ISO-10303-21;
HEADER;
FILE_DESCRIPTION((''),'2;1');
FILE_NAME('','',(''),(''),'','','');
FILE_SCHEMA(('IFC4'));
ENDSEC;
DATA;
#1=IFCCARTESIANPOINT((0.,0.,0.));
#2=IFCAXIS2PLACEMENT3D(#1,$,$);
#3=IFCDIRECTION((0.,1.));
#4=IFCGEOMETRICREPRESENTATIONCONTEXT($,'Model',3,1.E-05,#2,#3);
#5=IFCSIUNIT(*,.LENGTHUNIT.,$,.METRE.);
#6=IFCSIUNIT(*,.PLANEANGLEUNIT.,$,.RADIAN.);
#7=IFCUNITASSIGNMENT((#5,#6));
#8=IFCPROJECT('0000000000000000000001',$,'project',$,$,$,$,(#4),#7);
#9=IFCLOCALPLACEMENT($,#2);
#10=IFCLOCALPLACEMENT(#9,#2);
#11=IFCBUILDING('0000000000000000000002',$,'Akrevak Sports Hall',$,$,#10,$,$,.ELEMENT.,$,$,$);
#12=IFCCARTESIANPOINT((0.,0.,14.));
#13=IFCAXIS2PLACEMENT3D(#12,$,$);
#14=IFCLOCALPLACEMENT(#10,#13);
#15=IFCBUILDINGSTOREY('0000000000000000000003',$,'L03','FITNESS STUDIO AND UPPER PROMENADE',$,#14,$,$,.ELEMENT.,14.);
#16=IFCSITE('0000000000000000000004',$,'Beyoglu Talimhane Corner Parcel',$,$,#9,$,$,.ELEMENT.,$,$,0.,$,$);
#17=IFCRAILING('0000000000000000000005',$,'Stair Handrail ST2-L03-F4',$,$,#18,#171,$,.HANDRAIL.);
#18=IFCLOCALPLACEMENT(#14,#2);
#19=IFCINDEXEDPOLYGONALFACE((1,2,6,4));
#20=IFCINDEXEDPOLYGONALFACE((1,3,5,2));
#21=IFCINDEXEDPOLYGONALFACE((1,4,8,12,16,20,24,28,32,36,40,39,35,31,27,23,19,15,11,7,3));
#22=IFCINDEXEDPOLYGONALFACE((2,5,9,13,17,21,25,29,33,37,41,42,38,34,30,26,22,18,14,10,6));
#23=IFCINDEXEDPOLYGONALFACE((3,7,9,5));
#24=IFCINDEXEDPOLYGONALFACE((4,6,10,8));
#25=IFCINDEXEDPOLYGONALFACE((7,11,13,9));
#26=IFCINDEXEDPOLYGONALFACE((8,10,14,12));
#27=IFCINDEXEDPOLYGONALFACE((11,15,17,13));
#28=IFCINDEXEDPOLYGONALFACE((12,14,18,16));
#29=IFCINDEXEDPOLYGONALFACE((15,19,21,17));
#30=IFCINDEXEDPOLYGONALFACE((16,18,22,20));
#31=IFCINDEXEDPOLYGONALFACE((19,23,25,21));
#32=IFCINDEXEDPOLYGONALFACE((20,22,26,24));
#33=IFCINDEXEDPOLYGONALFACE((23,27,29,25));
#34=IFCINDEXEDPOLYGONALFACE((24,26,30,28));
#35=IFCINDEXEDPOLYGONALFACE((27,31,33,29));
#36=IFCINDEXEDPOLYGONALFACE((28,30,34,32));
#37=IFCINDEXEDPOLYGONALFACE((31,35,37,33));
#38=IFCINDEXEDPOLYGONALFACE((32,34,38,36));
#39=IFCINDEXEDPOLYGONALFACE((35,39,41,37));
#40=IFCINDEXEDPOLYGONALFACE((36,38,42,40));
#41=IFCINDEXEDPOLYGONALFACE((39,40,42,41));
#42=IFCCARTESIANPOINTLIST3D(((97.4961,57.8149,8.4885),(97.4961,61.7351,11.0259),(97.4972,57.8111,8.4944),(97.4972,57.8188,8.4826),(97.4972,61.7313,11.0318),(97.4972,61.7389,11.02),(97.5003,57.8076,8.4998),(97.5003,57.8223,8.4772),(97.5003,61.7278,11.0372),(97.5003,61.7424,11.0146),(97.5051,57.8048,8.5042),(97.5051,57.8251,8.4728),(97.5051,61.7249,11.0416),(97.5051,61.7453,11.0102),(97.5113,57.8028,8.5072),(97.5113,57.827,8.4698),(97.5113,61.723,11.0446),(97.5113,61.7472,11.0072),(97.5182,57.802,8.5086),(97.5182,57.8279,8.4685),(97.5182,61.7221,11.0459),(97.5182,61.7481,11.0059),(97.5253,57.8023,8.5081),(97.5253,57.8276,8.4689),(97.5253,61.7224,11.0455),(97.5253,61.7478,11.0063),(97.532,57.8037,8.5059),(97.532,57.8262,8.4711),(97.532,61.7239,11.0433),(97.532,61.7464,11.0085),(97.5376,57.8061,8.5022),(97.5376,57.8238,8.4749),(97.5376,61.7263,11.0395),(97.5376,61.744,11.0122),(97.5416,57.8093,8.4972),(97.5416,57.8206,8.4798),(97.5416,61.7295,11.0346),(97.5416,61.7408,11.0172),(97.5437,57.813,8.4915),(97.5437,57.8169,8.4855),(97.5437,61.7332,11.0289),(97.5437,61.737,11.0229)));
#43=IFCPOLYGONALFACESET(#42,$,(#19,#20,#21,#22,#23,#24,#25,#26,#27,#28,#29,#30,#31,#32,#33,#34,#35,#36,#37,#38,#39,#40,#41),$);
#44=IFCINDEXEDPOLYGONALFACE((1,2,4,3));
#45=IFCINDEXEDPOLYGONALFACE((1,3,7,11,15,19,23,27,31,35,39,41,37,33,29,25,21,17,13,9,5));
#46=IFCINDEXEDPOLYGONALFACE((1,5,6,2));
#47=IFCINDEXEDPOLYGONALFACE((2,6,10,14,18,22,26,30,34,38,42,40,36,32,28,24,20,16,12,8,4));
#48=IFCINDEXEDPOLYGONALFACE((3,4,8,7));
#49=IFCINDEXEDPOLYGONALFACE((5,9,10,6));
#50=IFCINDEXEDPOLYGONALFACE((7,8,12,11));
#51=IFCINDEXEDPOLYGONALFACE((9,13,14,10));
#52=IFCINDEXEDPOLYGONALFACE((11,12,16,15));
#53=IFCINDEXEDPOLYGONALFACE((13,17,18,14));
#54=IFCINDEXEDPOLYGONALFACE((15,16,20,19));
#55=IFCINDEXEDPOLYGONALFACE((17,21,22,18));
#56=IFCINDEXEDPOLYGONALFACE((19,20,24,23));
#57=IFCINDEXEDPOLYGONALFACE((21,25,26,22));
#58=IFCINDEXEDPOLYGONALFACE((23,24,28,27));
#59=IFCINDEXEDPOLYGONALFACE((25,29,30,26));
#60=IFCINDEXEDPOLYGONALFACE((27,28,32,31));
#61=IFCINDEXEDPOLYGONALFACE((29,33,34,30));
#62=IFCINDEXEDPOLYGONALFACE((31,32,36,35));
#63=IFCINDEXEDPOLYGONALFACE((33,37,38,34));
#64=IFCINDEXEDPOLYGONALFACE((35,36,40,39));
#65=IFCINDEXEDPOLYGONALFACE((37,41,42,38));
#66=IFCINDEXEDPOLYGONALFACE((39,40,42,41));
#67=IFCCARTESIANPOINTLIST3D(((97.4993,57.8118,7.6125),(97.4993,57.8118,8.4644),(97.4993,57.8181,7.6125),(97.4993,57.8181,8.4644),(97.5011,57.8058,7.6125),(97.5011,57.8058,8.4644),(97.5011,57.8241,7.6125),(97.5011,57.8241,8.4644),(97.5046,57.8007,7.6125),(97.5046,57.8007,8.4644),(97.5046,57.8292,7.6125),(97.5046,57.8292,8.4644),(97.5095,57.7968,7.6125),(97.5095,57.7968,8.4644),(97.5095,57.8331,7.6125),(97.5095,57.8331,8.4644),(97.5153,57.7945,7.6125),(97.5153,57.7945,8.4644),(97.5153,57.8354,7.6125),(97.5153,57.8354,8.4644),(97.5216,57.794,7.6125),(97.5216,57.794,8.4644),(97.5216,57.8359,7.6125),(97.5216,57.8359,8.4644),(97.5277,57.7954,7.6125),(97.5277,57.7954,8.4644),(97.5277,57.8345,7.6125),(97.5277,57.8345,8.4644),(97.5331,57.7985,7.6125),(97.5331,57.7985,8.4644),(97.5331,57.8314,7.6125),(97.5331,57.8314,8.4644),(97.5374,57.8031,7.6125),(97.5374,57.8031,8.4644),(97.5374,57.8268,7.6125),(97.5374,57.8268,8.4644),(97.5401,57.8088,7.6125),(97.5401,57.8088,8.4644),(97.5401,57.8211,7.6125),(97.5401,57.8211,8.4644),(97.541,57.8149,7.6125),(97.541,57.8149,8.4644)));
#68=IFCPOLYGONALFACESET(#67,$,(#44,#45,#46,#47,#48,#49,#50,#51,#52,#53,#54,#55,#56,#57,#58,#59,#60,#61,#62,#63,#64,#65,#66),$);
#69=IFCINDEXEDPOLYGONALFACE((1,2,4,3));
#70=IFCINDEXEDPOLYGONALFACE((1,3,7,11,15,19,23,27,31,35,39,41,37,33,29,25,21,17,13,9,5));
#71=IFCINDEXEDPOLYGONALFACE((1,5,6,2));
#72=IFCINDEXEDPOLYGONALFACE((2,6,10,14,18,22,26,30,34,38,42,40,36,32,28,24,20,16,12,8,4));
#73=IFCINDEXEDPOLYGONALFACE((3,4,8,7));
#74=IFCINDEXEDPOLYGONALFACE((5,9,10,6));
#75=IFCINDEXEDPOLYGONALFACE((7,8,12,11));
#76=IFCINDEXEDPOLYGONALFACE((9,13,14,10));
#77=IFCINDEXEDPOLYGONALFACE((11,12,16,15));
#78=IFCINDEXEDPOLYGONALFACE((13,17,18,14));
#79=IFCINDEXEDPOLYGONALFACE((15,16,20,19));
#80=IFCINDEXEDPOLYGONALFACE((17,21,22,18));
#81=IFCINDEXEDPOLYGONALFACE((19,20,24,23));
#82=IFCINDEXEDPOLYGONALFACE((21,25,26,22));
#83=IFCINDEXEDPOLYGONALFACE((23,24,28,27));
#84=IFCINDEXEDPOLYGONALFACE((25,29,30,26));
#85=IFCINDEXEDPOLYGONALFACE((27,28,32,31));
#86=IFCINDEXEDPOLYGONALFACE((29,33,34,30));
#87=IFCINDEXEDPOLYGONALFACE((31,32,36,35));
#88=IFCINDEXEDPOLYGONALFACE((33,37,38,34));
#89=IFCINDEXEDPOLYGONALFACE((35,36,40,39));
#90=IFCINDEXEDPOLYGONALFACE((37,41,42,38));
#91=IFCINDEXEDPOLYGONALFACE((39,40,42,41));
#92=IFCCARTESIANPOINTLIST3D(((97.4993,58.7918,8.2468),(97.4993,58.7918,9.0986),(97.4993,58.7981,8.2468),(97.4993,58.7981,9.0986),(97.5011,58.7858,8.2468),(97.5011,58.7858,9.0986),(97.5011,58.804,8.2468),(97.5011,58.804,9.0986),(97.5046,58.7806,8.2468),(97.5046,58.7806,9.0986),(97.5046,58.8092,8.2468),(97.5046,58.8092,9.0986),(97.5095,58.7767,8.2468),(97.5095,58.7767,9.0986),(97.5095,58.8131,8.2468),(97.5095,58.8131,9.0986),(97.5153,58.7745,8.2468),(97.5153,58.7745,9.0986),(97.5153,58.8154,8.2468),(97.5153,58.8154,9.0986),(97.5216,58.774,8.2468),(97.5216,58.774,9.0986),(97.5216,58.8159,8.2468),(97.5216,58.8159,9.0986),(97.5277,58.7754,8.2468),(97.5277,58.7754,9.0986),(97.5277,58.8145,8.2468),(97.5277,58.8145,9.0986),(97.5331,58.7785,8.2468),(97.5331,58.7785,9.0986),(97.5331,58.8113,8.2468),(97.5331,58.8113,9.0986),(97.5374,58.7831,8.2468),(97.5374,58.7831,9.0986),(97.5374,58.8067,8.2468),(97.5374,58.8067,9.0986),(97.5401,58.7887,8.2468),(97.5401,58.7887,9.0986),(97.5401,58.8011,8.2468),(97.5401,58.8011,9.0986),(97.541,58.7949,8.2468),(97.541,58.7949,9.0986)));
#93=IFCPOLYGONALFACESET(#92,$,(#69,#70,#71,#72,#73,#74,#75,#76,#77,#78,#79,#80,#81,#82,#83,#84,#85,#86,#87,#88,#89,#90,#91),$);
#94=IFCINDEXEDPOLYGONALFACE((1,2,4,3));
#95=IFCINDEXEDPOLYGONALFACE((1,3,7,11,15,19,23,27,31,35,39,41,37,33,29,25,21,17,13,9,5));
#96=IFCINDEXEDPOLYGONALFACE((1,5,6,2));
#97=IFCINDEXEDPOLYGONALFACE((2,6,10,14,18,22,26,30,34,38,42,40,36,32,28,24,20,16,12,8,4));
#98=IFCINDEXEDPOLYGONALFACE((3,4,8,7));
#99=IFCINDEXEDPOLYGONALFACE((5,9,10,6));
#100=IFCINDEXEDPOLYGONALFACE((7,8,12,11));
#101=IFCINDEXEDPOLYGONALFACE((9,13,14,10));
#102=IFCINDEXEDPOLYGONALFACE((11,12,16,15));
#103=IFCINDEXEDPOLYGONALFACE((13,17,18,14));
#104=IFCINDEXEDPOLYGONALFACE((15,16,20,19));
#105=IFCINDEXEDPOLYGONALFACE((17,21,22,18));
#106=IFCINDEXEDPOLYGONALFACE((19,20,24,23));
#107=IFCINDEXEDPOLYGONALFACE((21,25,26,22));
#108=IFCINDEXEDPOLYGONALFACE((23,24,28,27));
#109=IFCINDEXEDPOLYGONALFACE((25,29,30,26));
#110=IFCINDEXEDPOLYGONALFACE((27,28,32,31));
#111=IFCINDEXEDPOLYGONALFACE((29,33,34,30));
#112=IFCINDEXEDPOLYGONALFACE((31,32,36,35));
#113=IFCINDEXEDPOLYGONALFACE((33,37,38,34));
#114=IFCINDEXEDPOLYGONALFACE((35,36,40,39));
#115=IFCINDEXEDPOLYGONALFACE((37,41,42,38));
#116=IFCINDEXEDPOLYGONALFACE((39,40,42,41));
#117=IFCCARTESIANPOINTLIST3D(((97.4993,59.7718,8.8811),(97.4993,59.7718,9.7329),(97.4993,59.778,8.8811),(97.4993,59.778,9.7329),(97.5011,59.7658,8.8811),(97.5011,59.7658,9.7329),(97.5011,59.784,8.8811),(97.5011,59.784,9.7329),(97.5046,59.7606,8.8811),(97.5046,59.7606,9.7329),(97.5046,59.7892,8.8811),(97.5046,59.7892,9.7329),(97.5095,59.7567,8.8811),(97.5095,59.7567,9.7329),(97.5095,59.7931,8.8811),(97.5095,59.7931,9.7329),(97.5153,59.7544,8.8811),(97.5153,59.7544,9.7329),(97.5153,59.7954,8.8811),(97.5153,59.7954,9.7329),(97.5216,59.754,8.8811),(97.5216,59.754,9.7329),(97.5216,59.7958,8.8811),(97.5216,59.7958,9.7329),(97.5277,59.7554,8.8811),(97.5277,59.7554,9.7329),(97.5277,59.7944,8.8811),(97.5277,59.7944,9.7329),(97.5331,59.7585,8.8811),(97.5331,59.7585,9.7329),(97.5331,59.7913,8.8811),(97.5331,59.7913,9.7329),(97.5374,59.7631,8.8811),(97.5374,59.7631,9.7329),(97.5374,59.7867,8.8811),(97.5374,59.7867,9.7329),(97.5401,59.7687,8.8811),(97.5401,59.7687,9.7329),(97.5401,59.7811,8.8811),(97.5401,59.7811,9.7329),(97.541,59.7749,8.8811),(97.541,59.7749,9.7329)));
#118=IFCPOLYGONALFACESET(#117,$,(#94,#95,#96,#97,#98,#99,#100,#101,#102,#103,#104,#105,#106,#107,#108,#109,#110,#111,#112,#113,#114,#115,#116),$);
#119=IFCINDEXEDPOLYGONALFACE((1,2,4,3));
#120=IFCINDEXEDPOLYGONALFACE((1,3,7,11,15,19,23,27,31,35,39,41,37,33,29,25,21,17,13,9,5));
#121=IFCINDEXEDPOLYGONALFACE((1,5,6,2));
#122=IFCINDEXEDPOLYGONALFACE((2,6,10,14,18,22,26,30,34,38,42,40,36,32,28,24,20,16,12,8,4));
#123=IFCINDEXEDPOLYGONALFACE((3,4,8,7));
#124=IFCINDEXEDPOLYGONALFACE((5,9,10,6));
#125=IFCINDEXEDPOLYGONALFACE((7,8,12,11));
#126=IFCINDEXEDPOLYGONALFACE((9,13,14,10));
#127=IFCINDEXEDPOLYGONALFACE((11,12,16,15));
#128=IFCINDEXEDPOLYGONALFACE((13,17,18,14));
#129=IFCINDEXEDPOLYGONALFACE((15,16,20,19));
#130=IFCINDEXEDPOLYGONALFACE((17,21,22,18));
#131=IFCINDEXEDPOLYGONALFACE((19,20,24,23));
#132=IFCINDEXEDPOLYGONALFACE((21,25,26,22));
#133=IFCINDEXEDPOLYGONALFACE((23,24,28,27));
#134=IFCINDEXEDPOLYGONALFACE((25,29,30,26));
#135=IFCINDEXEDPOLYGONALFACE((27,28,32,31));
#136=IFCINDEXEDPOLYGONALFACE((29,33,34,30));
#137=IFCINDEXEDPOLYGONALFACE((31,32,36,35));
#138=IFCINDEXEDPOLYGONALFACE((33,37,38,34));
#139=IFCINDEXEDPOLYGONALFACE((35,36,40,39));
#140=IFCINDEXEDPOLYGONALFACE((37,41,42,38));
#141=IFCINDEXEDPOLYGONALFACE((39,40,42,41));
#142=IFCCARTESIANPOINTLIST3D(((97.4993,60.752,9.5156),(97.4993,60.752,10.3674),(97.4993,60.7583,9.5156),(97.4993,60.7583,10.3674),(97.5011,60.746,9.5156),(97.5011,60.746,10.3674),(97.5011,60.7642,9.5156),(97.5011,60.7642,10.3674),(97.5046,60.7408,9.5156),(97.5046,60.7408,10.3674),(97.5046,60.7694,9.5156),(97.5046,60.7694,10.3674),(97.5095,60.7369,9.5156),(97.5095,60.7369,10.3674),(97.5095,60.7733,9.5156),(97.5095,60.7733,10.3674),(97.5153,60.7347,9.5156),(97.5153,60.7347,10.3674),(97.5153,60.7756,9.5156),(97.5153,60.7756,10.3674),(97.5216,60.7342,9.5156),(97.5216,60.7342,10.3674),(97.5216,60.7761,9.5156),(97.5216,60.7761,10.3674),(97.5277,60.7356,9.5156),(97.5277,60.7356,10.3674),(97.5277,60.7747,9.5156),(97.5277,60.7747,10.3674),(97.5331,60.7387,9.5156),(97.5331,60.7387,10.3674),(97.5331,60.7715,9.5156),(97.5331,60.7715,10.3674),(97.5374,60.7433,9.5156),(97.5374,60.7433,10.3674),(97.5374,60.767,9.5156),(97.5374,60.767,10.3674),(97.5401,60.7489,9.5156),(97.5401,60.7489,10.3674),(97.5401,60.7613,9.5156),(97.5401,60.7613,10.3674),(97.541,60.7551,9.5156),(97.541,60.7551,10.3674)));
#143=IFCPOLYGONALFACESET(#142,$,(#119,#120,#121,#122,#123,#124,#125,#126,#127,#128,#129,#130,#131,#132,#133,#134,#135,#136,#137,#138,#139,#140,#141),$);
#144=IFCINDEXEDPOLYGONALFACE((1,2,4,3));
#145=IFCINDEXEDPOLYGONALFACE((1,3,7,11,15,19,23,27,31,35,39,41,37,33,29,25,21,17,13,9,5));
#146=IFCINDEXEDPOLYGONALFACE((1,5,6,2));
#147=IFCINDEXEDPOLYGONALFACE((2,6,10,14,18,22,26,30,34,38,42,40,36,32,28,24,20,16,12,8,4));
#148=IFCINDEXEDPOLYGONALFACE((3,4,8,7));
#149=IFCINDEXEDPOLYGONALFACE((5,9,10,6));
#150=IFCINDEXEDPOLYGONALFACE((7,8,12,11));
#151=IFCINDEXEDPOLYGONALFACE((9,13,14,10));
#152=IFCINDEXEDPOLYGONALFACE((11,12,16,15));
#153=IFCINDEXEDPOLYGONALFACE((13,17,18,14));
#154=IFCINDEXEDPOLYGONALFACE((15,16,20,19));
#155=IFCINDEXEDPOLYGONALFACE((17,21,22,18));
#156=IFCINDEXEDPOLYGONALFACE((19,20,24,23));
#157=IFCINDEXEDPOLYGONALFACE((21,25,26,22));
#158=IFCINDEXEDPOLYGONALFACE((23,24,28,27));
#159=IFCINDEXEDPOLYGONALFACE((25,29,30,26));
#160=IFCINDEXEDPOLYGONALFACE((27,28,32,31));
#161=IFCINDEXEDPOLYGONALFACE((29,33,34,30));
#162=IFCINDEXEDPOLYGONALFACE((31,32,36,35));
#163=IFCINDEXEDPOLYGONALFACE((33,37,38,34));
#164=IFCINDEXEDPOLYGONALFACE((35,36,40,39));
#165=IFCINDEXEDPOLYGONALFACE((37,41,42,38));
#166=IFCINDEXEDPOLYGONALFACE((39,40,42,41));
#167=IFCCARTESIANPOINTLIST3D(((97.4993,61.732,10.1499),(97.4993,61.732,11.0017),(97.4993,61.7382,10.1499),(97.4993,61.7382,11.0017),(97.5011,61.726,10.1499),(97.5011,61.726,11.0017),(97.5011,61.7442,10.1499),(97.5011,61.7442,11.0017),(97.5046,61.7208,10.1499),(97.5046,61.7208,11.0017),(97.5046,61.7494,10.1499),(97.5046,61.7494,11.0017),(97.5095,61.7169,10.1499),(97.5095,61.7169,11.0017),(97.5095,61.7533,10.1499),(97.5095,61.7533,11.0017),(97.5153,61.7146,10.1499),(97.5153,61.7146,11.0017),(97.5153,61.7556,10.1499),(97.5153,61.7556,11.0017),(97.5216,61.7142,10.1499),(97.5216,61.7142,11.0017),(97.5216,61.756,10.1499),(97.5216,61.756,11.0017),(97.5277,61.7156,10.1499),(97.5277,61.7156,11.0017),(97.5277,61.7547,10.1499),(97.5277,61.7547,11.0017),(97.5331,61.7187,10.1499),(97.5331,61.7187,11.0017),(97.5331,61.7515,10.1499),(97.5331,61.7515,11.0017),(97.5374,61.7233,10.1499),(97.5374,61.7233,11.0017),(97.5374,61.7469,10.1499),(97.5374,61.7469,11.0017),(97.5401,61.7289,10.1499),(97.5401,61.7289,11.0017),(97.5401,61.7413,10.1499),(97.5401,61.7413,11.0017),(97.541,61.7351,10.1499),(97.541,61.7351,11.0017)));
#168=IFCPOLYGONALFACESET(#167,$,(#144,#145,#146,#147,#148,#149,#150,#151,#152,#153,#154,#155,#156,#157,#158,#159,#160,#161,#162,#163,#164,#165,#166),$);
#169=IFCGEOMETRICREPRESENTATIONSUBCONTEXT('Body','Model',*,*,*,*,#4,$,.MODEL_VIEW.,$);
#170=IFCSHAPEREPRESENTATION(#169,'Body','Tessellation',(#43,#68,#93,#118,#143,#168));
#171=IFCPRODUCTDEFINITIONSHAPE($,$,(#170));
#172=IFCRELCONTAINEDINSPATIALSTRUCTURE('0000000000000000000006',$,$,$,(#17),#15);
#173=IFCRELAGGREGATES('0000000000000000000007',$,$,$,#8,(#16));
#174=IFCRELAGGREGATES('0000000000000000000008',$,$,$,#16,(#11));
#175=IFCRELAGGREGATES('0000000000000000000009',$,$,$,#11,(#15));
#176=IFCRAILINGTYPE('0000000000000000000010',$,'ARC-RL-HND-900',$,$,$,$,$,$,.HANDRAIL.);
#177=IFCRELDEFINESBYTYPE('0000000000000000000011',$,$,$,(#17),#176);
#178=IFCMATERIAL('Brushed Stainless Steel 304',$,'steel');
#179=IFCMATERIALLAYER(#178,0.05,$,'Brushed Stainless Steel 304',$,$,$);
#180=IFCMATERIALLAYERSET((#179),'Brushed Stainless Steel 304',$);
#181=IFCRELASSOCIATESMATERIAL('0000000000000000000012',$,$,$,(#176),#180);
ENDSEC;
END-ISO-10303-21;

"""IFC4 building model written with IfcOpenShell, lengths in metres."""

from ifc_helpers import new_model, si_unit, direction, frame, origin, origin_2d, place, context, subcontext, project, spatial, circle, extrude, material, layer, layer_set, type_object, element, save


model = new_model("IFC4")

# Units and contexts
model_context = context("Model", 3, precision=1e-05, world=origin(), true_north=direction((0.0, 1.0)))
body_context = subcontext(model_context, "Body", "Model", "MODEL_VIEW")
ifc_project = project(units=[si_unit("LENGTHUNIT", "METRE"), si_unit("PLANEANGLEUNIT", "RADIAN")], contexts=[model_context])

# Site, building, storey
site_placement = place(None, origin())
site = spatial("IfcSite", under=ifc_project, at=site_placement, Name="Beyoglu Talimhane Corner Parcel", CompositionType="ELEMENT", RefElevation=0.0)
building_placement = place(site_placement, origin())
building = spatial("IfcBuilding", under=site, at=building_placement, Name="Akrevak Sports Hall", CompositionType="ELEMENT")
storey_placement = place(building_placement, frame((0.0, 0.0, 14.0)))
storey = spatial("IfcBuildingStorey", under=building, at=storey_placement, Name="L03", Description="FITNESS STUDIO AND UPPER PROMENADE", CompositionType="ELEMENT", Elevation=14.0)

# Railing
ifc_material_1 = material(Name="Brushed Stainless Steel 304", Category="steel")
ifc_layer_1 = layer(ifc_material_1, 0.05, Name="Brushed Stainless Steel 304")
ifc_layer_set_1 = layer_set([ifc_layer_1], Name="Brushed Stainless Steel 304")
railing_type_1 = type_object("IfcRailingType", Name="ARC-RL-HND-900", PredefinedType="HANDRAIL", material=ifc_layer_set_1)
for number, where, name in (
    (1, (97.52, 57.8149, 7.6125), "Stair Handrail ST2-L03-F4"),
):
    element("IfcRailing", number, at=place(storey_placement, frame(where)), inside=storey, type_object=railing_type_1, Name=name, PredefinedType="HANDRAIL", context=body_context, shape_type="SweptSolid", body=[
        extrude(circle(Radius=0.0239, at=origin_2d()), frame((0.0, 0.0, 0.876), z_axis=(0.0, 0.839494, 0.543368), x_axis=(-1.0, 0.0, 0.0)), (0.0, 0.0, 1.0), 4.6697),
        extrude(circle(Radius=0.021, at=origin_2d()), origin(), (0.0, 0.0, 1.0), 0.8518),
        extrude(circle(Radius=0.021, at=origin_2d()), frame((0.0, 0.98, 0.6343)), (0.0, 0.0, 1.0), 0.8518),
        extrude(circle(Radius=0.021, at=origin_2d()), frame((0.0, 1.96, 1.2686)), (0.0, 0.0, 1.0), 0.8518),
        extrude(circle(Radius=0.021, at=origin_2d()), frame((0.0, 2.9402, 1.9031)), (0.0, 0.0, 1.0), 0.8518),
        extrude(circle(Radius=0.021, at=origin_2d()), frame((0.0, 3.9202, 2.5374)), (0.0, 0.0, 1.0), 0.8518),
    ])

save(model, "model.ifc")
